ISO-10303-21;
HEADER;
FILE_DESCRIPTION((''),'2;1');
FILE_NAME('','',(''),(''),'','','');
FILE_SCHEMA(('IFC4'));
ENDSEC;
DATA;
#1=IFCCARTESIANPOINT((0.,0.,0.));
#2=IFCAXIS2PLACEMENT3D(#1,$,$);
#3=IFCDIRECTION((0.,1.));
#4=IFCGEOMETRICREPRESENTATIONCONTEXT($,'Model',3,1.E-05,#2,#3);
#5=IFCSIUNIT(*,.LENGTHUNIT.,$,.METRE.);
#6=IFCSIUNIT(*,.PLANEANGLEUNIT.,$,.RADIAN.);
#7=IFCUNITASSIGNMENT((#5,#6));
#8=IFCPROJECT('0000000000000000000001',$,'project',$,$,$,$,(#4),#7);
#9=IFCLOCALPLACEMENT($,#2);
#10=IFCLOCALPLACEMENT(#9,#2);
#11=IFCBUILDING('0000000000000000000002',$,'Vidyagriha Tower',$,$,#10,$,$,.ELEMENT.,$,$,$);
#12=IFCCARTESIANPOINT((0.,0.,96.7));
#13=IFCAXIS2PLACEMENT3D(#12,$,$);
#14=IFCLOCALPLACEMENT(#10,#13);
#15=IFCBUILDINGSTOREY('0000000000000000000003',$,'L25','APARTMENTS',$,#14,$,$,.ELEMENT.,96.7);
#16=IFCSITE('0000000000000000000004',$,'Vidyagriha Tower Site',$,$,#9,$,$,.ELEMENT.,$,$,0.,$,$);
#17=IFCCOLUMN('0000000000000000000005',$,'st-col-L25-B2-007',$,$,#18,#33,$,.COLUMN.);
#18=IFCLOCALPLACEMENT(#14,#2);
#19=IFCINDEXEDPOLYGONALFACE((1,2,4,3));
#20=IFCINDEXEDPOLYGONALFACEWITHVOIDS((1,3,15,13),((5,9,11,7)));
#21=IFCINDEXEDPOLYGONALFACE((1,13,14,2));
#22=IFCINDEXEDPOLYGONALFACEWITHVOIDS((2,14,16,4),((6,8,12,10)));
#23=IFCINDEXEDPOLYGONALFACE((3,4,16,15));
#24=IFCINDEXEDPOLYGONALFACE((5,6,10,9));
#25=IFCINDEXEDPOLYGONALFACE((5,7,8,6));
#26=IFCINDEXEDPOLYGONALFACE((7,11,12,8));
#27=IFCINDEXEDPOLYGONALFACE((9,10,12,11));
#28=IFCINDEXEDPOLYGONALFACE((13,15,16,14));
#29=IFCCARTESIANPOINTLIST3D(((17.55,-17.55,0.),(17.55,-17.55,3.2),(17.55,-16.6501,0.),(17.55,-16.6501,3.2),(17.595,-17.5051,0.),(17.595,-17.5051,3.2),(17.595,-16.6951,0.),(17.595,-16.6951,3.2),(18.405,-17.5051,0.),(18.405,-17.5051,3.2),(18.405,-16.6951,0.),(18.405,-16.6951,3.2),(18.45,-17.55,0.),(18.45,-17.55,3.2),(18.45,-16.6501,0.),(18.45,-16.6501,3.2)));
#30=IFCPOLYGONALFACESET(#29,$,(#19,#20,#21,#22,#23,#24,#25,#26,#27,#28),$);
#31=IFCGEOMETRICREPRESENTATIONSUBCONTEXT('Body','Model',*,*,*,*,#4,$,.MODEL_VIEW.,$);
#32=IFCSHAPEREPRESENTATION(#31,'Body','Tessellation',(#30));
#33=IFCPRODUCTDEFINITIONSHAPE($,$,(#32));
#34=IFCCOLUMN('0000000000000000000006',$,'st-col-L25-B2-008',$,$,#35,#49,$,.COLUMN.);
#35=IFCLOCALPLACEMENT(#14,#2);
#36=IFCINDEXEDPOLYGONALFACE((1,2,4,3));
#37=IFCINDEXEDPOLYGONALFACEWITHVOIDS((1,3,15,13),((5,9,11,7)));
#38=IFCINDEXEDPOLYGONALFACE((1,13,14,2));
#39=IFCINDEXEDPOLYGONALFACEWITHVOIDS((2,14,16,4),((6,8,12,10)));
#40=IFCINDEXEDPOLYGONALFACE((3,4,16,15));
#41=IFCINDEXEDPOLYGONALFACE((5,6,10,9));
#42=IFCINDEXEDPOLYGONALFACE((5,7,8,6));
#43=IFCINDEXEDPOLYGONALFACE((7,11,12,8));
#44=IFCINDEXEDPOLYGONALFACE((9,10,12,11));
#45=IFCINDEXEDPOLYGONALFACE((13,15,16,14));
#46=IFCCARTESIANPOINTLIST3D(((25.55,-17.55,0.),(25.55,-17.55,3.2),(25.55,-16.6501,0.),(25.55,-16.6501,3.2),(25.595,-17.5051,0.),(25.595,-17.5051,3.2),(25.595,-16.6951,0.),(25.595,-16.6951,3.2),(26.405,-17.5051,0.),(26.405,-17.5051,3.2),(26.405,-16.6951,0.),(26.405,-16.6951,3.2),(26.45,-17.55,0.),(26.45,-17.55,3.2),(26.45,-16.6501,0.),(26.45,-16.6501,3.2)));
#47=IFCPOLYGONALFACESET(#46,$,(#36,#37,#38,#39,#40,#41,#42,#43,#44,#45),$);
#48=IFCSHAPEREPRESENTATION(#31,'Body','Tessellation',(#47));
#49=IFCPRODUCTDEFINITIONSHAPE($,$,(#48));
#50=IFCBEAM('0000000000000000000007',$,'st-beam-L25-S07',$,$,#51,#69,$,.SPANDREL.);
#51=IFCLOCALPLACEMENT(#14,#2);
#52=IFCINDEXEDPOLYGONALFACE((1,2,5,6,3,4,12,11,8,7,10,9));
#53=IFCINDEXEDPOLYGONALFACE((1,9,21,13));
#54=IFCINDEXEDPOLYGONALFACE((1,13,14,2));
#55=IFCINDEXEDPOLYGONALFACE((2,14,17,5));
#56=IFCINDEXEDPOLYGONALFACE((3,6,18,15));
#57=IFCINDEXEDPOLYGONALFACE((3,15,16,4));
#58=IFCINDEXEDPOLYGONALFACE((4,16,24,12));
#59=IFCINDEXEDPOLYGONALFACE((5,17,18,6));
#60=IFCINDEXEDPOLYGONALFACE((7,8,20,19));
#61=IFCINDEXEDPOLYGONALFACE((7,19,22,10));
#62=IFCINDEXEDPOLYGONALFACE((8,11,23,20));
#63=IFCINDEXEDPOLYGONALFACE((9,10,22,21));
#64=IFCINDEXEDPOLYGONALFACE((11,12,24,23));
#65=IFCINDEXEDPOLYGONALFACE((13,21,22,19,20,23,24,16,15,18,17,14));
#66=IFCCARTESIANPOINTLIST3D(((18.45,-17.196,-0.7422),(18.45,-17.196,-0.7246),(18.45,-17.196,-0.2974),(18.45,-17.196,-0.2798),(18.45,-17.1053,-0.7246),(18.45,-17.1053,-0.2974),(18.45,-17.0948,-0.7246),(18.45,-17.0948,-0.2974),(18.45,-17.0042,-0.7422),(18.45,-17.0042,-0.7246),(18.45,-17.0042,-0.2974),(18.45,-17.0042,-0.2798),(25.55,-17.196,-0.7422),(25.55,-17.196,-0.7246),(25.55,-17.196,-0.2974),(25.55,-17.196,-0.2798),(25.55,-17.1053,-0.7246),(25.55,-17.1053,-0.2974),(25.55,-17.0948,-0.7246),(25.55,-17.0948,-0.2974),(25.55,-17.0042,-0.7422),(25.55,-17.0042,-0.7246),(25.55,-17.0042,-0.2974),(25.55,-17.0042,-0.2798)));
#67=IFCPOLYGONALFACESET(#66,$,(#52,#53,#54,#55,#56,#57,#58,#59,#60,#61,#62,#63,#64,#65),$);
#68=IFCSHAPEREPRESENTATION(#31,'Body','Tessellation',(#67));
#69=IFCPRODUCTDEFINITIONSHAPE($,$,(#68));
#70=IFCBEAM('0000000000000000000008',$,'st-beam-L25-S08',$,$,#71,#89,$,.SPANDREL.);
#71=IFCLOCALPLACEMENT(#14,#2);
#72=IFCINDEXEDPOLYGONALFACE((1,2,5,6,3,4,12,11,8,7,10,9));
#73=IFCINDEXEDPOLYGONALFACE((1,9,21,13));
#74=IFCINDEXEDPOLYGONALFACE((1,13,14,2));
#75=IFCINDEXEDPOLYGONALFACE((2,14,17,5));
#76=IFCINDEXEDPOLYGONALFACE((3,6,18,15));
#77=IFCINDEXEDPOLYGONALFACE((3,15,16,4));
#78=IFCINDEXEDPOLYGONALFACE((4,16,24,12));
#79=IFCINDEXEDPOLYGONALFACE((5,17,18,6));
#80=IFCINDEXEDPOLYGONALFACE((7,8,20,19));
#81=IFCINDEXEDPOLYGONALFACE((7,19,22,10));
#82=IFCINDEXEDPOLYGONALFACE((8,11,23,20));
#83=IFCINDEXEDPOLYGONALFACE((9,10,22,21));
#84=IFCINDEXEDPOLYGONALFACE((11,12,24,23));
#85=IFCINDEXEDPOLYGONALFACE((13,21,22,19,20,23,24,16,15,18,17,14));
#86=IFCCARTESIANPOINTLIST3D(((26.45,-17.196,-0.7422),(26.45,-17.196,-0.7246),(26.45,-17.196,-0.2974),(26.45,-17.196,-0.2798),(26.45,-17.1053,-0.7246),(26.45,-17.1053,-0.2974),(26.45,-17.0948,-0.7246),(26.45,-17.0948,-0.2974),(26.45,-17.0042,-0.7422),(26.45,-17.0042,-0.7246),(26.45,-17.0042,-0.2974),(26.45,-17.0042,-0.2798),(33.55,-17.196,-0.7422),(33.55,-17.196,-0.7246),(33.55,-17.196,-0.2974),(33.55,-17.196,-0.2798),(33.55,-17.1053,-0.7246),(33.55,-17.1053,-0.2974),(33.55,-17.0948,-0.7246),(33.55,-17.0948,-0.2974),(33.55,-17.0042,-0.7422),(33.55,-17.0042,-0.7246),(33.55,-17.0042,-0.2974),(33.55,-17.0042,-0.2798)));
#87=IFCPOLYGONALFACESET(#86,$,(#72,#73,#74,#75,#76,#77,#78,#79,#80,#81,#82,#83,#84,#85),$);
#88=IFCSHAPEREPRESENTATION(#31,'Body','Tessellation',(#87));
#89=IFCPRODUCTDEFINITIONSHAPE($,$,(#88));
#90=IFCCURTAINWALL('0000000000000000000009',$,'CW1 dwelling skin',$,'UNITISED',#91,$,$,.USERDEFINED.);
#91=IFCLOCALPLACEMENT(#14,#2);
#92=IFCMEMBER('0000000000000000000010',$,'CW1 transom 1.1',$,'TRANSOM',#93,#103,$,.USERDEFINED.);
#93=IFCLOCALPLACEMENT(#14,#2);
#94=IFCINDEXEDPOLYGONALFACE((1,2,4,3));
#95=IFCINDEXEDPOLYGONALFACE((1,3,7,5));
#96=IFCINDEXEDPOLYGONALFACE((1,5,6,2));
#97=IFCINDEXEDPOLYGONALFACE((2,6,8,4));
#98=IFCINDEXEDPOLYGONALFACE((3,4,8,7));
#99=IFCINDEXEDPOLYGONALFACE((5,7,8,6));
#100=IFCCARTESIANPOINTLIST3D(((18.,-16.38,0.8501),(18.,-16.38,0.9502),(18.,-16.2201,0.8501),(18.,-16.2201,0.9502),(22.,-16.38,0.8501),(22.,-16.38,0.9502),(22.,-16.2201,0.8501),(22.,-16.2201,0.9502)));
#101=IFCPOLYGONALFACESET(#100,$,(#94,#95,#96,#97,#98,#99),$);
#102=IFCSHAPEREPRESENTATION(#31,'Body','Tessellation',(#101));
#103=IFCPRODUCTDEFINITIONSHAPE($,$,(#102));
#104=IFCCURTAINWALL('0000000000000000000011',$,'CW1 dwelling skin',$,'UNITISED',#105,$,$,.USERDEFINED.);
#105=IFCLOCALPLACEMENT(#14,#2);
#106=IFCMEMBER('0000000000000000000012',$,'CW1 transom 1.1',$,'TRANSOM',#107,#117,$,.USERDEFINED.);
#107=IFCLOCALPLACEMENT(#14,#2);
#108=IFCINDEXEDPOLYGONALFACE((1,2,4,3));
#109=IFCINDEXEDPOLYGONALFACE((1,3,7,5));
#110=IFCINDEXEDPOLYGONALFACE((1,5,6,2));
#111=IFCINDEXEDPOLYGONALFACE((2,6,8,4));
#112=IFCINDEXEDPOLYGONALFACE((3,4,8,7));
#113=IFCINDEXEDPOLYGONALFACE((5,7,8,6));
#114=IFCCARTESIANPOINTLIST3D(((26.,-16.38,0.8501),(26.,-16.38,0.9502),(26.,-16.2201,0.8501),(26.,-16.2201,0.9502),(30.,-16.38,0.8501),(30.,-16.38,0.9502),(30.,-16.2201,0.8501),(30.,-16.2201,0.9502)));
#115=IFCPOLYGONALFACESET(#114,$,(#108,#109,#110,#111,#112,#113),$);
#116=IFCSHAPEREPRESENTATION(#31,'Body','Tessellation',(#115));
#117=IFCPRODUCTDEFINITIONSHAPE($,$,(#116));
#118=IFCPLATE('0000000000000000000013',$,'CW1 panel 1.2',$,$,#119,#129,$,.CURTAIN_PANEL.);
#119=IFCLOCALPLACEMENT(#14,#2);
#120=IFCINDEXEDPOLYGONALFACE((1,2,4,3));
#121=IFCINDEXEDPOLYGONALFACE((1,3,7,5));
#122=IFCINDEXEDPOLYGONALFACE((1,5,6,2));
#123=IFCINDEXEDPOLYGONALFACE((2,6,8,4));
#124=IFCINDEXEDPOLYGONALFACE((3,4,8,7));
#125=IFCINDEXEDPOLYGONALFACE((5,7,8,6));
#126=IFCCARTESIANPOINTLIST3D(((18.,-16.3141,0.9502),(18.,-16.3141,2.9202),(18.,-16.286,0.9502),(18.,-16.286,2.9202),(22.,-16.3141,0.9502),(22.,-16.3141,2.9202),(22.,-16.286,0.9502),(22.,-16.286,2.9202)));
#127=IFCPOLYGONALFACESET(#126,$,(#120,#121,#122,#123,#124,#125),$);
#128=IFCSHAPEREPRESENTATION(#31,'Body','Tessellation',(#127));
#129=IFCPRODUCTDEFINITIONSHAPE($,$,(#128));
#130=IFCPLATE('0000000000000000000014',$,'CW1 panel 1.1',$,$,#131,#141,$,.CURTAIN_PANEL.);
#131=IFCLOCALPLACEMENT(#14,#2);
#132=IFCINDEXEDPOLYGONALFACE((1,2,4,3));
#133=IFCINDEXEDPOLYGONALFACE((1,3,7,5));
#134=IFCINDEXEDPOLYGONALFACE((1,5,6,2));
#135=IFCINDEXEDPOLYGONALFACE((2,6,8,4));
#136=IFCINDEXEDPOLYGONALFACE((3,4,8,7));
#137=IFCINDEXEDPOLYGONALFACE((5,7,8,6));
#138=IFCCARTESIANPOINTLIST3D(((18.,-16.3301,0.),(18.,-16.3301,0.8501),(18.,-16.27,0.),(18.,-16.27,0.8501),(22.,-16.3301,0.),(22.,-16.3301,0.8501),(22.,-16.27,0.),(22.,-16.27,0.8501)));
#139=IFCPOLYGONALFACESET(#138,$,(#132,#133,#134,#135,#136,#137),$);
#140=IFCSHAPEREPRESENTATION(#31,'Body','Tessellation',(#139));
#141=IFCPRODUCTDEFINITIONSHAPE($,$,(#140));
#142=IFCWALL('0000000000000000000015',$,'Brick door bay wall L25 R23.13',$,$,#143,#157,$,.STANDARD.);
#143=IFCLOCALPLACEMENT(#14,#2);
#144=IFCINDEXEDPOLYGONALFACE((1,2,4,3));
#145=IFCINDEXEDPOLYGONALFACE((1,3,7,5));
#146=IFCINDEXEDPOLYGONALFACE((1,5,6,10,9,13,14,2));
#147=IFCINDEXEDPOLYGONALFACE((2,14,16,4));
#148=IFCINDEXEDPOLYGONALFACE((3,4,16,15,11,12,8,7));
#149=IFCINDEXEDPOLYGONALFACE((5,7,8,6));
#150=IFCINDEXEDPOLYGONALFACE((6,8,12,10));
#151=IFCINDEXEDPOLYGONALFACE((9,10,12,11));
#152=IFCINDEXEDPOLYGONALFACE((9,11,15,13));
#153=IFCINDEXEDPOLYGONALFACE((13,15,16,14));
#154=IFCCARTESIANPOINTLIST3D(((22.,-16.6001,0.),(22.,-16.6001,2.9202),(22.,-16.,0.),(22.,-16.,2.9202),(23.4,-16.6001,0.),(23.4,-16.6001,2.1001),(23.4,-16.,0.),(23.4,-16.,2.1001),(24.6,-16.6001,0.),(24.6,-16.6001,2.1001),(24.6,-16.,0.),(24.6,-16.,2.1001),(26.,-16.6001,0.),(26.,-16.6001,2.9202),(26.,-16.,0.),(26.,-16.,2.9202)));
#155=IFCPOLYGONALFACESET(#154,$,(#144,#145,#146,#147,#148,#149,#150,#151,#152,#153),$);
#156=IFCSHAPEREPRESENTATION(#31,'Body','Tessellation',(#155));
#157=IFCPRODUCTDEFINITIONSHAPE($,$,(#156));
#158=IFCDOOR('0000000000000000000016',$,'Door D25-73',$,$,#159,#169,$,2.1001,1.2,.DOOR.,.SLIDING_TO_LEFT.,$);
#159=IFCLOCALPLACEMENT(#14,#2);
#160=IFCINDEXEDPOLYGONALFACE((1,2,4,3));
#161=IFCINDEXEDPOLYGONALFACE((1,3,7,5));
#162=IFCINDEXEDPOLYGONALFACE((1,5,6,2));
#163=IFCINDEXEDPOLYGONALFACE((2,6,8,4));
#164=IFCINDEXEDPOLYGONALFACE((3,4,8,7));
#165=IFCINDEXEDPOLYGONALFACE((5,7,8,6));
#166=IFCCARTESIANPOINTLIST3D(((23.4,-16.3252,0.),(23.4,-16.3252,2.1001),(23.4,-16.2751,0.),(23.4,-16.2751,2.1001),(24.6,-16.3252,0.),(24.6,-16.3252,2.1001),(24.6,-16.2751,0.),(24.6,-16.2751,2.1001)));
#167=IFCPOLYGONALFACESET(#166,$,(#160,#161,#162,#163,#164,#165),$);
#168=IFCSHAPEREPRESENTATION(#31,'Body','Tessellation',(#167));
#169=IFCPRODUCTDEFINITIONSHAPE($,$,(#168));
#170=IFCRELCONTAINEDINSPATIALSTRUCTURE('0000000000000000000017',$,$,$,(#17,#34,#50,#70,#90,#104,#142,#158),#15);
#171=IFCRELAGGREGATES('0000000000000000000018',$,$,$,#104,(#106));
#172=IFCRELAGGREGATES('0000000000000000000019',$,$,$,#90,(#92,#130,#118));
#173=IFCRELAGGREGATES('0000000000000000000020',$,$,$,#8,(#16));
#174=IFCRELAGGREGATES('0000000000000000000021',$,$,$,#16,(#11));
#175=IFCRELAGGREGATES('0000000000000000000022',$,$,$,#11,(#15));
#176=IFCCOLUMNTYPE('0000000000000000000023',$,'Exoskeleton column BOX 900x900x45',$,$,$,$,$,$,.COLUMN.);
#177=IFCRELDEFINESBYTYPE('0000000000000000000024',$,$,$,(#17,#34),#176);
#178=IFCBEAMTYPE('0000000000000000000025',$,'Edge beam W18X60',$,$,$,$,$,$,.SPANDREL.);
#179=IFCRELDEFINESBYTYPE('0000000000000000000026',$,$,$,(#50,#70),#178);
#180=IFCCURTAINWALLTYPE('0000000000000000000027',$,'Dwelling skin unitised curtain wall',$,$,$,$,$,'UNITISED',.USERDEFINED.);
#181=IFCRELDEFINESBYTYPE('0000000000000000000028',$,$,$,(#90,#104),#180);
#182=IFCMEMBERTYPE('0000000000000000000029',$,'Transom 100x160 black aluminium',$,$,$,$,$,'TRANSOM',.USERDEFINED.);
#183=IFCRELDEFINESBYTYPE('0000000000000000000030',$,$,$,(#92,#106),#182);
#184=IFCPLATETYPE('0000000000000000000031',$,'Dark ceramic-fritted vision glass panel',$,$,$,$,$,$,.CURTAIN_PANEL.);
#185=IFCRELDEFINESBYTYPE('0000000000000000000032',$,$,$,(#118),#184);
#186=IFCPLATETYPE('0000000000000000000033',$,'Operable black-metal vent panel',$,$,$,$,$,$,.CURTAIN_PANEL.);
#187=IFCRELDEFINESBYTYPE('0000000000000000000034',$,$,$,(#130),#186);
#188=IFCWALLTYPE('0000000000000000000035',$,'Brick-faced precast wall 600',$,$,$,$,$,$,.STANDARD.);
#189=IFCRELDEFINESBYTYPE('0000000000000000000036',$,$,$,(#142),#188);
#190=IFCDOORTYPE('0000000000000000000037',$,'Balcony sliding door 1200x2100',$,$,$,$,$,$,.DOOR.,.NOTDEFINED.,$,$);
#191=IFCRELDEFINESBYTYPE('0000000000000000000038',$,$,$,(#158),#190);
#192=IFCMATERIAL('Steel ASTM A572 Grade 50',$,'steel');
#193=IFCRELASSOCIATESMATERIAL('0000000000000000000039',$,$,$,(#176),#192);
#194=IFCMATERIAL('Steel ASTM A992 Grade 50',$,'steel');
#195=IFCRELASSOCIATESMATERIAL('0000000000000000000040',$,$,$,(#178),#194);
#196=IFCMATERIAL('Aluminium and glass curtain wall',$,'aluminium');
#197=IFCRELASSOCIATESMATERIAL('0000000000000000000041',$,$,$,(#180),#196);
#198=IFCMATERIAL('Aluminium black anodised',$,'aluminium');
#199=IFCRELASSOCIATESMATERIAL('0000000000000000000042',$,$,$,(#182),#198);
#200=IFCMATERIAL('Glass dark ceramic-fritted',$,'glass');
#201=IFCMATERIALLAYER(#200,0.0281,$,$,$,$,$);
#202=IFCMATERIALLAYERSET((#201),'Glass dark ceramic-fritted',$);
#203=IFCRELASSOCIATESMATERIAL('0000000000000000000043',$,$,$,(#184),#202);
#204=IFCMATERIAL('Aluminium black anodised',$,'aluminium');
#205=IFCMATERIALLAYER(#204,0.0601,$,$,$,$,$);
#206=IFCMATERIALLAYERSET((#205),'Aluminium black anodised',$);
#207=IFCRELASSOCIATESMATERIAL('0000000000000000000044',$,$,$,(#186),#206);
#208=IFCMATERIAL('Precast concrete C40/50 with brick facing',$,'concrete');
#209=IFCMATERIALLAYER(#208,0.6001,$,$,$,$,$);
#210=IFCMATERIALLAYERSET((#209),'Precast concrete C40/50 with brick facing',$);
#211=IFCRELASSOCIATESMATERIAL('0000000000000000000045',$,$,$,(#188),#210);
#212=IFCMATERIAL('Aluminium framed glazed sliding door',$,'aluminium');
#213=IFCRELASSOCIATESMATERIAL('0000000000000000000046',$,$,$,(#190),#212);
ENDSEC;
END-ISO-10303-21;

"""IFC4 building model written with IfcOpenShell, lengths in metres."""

from ifc_helpers import new_model, si_unit, direction, frame, frame_2d, origin, origin_2d, place, context, subcontext, project, spatial, rectangle, hollow_rectangle, i_section, extrude, material, layer, layer_set, material_profile, profile_set, type_object, element, fill, aggregate, save


model = new_model("IFC4")

# Units and contexts
model_context = context("Model", 3, precision=1e-05, world=origin(), true_north=direction((0.0, 1.0)))
body_context = subcontext(model_context, "Body", "Model", "MODEL_VIEW")
ifc_project = project(units=[si_unit("LENGTHUNIT", "METRE"), si_unit("PLANEANGLEUNIT", "RADIAN")], contexts=[model_context])

# Site, building, storey
site_placement = place(None, origin())
site = spatial("IfcSite", under=ifc_project, at=site_placement, Name="Vidyagriha Tower Site", CompositionType="ELEMENT", RefElevation=0.0)
building_placement = place(site_placement, origin())
building = spatial("IfcBuilding", under=site, at=building_placement, Name="Vidyagriha Tower", CompositionType="ELEMENT")
storey_placement = place(building_placement, frame((0.0, 0.0, 96.7)))
storey = spatial("IfcBuildingStorey", under=building, at=storey_placement, Name="L25", Description="APARTMENTS", CompositionType="ELEMENT", Elevation=96.7)

# Columns
ifc_material_1 = material(Name="Steel ASTM A572 Grade 50", Category="steel")
ifc_material_profile_1 = material_profile(ifc_material_1, hollow_rectangle(XDim=0.8999, YDim=0.8999, WallThickness=0.0449, at=origin_2d()), Name="BOX 900x900x45")
ifc_profile_set_1 = profile_set([ifc_material_profile_1], Name="Steel ASTM A572 Grade 50")
column_type = type_object("IfcColumnType", Name="Exoskeleton column BOX 900x900x45", PredefinedType="COLUMN", material=ifc_profile_set_1)
for number, where, name in (
    (1, (18.0, -17.1001, 0.0), "st-col-L25-B2-007"),
    (2, (26.0, -17.1001, 0.0), "st-col-L25-B2-008"),
):
    element("IfcColumn", number, at=place(storey_placement, frame(where)), inside=storey, type_object=column_type, Name=name, PredefinedType="COLUMN", context=body_context, shape_type="SweptSolid", body=[
        extrude(hollow_rectangle(XDim=0.8999, YDim=0.8999, WallThickness=0.0449, at=origin_2d()), origin(), (0.0, 0.0, 1.0), 3.2),
    ])

# Beams
ifc_material_2 = material(Name="Steel ASTM A992 Grade 50", Category="steel")
ifc_material_profile_2 = material_profile(ifc_material_2, i_section(OverallWidth=0.1919, OverallDepth=0.4624, WebThickness=0.0105, FlangeThickness=0.0176, at=origin_2d()), Name="W18X60")
ifc_profile_set_2 = profile_set([ifc_material_profile_2], Name="Steel ASTM A992 Grade 50")
beam_type = type_object("IfcBeamType", Name="Edge beam W18X60", PredefinedType="SPANDREL", material=ifc_profile_set_2)
for number, where, z_axis, x_axis, name in (
    (3, (18.45, -17.1001, -0.511), (1.0, 0.0, 0.0), (0.0, 1.0, 0.0), "st-beam-L25-S07"),
    (4, (26.45, -17.1001, -0.511), (1.0, 0.0, 0.0), (0.0, 1.0, 0.0), "st-beam-L25-S08"),
):
    element("IfcBeam", number, at=place(storey_placement, frame(where, z_axis=z_axis, x_axis=x_axis)), inside=storey, type_object=beam_type, Name=name, PredefinedType="SPANDREL", context=body_context, shape_type="SweptSolid", body=[
        extrude(i_section(OverallWidth=0.1919, OverallDepth=0.4624, WebThickness=0.0105, FlangeThickness=0.0176, at=origin_2d()), origin(), (0.0, 0.0, 1.0), 7.1001),
    ])

# Curtain walls, members
ifc_material_3 = material(Name="Aluminium and glass curtain wall", Category="aluminium")
curtain_wall_type = type_object("IfcCurtainWallType", Name="Dwelling skin unitised curtain wall", ElementType="UNITISED", PredefinedType="USERDEFINED", material=ifc_material_3)
curtain_wall_1_placement = place(storey_placement, origin())
curtain_wall_1 = element("IfcCurtainWall", 5, at=curtain_wall_1_placement, inside=storey, type_object=curtain_wall_type, Name="CW1 dwelling skin", ObjectType="UNITISED", PredefinedType="USERDEFINED")
ifc_material_4 = material(Name="Aluminium black anodised", Category="aluminium")
ifc_material_profile_3 = material_profile(ifc_material_4, rectangle(XDim=0.1599, YDim=0.1001, at=origin_2d()), Name="Transom 100x160 black aluminium")
ifc_profile_set_3 = profile_set([ifc_material_profile_3], Name="Aluminium black anodised")
member_type = type_object("IfcMemberType", Name="Transom 100x160 black aluminium", ElementType="TRANSOM", PredefinedType="USERDEFINED", material=ifc_profile_set_3)
member_1_placement = place(storey_placement, frame((18.0, -16.3, 0.9001), z_axis=(1.0, 0.0, 0.0), x_axis=(0.0, 1.0, 0.0)))
member_1 = element("IfcMember", 6, at=member_1_placement, type_object=member_type, Name="CW1 transom 1.1", ObjectType="TRANSOM", PredefinedType="USERDEFINED", context=body_context, shape_type="SweptSolid", body=[
    extrude(rectangle(XDim=0.1599, YDim=0.1001, at=origin_2d()), origin(), (0.0, 0.0, 1.0), 4.0),
])
curtain_wall_2_placement = place(storey_placement, origin())
curtain_wall_2 = element("IfcCurtainWall", 7, at=curtain_wall_2_placement, inside=storey, type_object=curtain_wall_type, Name="CW1 dwelling skin", ObjectType="UNITISED", PredefinedType="USERDEFINED")
member_2_placement = place(storey_placement, frame((26.0, -16.3, 0.9001), z_axis=(1.0, 0.0, 0.0), x_axis=(0.0, 1.0, 0.0)))
member_2 = element("IfcMember", 8, at=member_2_placement, type_object=member_type, Name="CW1 transom 1.1", ObjectType="TRANSOM", PredefinedType="USERDEFINED", context=body_context, shape_type="SweptSolid", body=[
    extrude(rectangle(XDim=0.1599, YDim=0.1001, at=origin_2d()), origin(), (0.0, 0.0, 1.0), 4.0),
])
aggregate(curtain_wall_2, [member_2])

# Plates
ifc_material_5 = material(Name="Glass dark ceramic-fritted", Category="glass")
ifc_layer_1 = layer(ifc_material_5, 0.0281)
ifc_layer_set_1 = layer_set([ifc_layer_1], Name="Glass dark ceramic-fritted")
plate_type_1 = type_object("IfcPlateType", Name="Dark ceramic-fritted vision glass panel", PredefinedType="CURTAIN_PANEL", material=ifc_layer_set_1)
plate_1_placement = place(storey_placement, frame((20.0, -16.3, 0.9502)))
plate_1 = element("IfcPlate", 9, at=plate_1_placement, type_object=plate_type_1, Name="CW1 panel 1.2", PredefinedType="CURTAIN_PANEL", context=body_context, shape_type="SweptSolid", body=[
    extrude(rectangle(XDim=4.0, YDim=0.0281, at=origin_2d()), origin(), (0.0, 0.0, 1.0), 1.97),
])
ifc_material_6 = material(Name="Aluminium black anodised", Category="aluminium")
ifc_layer_2 = layer(ifc_material_6, 0.0601)
ifc_layer_set_2 = layer_set([ifc_layer_2], Name="Aluminium black anodised")
plate_type_2 = type_object("IfcPlateType", Name="Operable black-metal vent panel", PredefinedType="CURTAIN_PANEL", material=ifc_layer_set_2)
plate_2_placement = place(storey_placement, frame((20.0, -16.3, 0.0)))
plate_2 = element("IfcPlate", 10, at=plate_2_placement, type_object=plate_type_2, Name="CW1 panel 1.1", PredefinedType="CURTAIN_PANEL", context=body_context, shape_type="SweptSolid", body=[
    extrude(rectangle(XDim=4.0, YDim=0.0601, at=origin_2d()), origin(), (0.0, 0.0, 1.0), 0.8501),
])
aggregate(curtain_wall_1, [member_1, plate_2, plate_1])

# Wall, opening, door
ifc_material_7 = material(Name="Precast concrete C40/50 with brick facing", Category="concrete")
ifc_layer_3 = layer(ifc_material_7, 0.6001)
ifc_layer_set_3 = layer_set([ifc_layer_3], Name="Precast concrete C40/50 with brick facing")
wall_type = type_object("IfcWallType", Name="Brick-faced precast wall 600", PredefinedType="STANDARD", material=ifc_layer_set_3)
wall_placement = place(storey_placement, frame((22.0, -16.3, 0.0)))
wall = element("IfcWall", 11, at=wall_placement, inside=storey, type_object=wall_type, Name="Brick door bay wall L25 R23.13", PredefinedType="STANDARD", context=body_context, shape_type="SweptSolid", body=[
    extrude(rectangle(XDim=4.0, YDim=0.6001, at=frame_2d((2.0, 0.0))), origin(), (0.0, 0.0, 1.0), 2.9202),
])
opening_placement = place(wall_placement, frame((1.3999, 0.0, 0.0)))
opening = element("IfcOpeningElement", 12, at=opening_placement, cuts=wall, PredefinedType="OPENING", context=body_context, shape_type="SweptSolid", body=[
    extrude(rectangle(XDim=1.2, YDim=2.1001, at=frame_2d((0.6001, 1.05))), frame((0.0, 0.3101, 0.0), z_axis=(0.0, -1.0, 0.0), x_axis=(1.0, 0.0, 0.0)), (0.0, 0.0, 1.0), 0.6201),
])
ifc_material_8 = material(Name="Aluminium framed glazed sliding door", Category="aluminium")
door_type = type_object("IfcDoorType", Name="Balcony sliding door 1200x2100", OperationType="NOTDEFINED", PredefinedType="DOOR", material=ifc_material_8)
door_placement = place(opening_placement, origin())
door = element("IfcDoor", 13, at=door_placement, inside=storey, type_object=door_type, Name="Door D25-73", OperationType="SLIDING_TO_LEFT", OverallHeight=2.1001, OverallWidth=1.2, PredefinedType="DOOR", context=body_context, shape_type="SweptSolid", body=[
    extrude(rectangle(XDim=1.2, YDim=2.1001, at=frame_2d((0.6001, 1.05))), frame((0.0, 0.0249, 0.0), z_axis=(0.0, -1.0, 0.0), x_axis=(1.0, 0.0, 0.0)), (0.0, 0.0, 1.0), 0.05),
])
fill(opening, door)

save(model, "model.ifc")
